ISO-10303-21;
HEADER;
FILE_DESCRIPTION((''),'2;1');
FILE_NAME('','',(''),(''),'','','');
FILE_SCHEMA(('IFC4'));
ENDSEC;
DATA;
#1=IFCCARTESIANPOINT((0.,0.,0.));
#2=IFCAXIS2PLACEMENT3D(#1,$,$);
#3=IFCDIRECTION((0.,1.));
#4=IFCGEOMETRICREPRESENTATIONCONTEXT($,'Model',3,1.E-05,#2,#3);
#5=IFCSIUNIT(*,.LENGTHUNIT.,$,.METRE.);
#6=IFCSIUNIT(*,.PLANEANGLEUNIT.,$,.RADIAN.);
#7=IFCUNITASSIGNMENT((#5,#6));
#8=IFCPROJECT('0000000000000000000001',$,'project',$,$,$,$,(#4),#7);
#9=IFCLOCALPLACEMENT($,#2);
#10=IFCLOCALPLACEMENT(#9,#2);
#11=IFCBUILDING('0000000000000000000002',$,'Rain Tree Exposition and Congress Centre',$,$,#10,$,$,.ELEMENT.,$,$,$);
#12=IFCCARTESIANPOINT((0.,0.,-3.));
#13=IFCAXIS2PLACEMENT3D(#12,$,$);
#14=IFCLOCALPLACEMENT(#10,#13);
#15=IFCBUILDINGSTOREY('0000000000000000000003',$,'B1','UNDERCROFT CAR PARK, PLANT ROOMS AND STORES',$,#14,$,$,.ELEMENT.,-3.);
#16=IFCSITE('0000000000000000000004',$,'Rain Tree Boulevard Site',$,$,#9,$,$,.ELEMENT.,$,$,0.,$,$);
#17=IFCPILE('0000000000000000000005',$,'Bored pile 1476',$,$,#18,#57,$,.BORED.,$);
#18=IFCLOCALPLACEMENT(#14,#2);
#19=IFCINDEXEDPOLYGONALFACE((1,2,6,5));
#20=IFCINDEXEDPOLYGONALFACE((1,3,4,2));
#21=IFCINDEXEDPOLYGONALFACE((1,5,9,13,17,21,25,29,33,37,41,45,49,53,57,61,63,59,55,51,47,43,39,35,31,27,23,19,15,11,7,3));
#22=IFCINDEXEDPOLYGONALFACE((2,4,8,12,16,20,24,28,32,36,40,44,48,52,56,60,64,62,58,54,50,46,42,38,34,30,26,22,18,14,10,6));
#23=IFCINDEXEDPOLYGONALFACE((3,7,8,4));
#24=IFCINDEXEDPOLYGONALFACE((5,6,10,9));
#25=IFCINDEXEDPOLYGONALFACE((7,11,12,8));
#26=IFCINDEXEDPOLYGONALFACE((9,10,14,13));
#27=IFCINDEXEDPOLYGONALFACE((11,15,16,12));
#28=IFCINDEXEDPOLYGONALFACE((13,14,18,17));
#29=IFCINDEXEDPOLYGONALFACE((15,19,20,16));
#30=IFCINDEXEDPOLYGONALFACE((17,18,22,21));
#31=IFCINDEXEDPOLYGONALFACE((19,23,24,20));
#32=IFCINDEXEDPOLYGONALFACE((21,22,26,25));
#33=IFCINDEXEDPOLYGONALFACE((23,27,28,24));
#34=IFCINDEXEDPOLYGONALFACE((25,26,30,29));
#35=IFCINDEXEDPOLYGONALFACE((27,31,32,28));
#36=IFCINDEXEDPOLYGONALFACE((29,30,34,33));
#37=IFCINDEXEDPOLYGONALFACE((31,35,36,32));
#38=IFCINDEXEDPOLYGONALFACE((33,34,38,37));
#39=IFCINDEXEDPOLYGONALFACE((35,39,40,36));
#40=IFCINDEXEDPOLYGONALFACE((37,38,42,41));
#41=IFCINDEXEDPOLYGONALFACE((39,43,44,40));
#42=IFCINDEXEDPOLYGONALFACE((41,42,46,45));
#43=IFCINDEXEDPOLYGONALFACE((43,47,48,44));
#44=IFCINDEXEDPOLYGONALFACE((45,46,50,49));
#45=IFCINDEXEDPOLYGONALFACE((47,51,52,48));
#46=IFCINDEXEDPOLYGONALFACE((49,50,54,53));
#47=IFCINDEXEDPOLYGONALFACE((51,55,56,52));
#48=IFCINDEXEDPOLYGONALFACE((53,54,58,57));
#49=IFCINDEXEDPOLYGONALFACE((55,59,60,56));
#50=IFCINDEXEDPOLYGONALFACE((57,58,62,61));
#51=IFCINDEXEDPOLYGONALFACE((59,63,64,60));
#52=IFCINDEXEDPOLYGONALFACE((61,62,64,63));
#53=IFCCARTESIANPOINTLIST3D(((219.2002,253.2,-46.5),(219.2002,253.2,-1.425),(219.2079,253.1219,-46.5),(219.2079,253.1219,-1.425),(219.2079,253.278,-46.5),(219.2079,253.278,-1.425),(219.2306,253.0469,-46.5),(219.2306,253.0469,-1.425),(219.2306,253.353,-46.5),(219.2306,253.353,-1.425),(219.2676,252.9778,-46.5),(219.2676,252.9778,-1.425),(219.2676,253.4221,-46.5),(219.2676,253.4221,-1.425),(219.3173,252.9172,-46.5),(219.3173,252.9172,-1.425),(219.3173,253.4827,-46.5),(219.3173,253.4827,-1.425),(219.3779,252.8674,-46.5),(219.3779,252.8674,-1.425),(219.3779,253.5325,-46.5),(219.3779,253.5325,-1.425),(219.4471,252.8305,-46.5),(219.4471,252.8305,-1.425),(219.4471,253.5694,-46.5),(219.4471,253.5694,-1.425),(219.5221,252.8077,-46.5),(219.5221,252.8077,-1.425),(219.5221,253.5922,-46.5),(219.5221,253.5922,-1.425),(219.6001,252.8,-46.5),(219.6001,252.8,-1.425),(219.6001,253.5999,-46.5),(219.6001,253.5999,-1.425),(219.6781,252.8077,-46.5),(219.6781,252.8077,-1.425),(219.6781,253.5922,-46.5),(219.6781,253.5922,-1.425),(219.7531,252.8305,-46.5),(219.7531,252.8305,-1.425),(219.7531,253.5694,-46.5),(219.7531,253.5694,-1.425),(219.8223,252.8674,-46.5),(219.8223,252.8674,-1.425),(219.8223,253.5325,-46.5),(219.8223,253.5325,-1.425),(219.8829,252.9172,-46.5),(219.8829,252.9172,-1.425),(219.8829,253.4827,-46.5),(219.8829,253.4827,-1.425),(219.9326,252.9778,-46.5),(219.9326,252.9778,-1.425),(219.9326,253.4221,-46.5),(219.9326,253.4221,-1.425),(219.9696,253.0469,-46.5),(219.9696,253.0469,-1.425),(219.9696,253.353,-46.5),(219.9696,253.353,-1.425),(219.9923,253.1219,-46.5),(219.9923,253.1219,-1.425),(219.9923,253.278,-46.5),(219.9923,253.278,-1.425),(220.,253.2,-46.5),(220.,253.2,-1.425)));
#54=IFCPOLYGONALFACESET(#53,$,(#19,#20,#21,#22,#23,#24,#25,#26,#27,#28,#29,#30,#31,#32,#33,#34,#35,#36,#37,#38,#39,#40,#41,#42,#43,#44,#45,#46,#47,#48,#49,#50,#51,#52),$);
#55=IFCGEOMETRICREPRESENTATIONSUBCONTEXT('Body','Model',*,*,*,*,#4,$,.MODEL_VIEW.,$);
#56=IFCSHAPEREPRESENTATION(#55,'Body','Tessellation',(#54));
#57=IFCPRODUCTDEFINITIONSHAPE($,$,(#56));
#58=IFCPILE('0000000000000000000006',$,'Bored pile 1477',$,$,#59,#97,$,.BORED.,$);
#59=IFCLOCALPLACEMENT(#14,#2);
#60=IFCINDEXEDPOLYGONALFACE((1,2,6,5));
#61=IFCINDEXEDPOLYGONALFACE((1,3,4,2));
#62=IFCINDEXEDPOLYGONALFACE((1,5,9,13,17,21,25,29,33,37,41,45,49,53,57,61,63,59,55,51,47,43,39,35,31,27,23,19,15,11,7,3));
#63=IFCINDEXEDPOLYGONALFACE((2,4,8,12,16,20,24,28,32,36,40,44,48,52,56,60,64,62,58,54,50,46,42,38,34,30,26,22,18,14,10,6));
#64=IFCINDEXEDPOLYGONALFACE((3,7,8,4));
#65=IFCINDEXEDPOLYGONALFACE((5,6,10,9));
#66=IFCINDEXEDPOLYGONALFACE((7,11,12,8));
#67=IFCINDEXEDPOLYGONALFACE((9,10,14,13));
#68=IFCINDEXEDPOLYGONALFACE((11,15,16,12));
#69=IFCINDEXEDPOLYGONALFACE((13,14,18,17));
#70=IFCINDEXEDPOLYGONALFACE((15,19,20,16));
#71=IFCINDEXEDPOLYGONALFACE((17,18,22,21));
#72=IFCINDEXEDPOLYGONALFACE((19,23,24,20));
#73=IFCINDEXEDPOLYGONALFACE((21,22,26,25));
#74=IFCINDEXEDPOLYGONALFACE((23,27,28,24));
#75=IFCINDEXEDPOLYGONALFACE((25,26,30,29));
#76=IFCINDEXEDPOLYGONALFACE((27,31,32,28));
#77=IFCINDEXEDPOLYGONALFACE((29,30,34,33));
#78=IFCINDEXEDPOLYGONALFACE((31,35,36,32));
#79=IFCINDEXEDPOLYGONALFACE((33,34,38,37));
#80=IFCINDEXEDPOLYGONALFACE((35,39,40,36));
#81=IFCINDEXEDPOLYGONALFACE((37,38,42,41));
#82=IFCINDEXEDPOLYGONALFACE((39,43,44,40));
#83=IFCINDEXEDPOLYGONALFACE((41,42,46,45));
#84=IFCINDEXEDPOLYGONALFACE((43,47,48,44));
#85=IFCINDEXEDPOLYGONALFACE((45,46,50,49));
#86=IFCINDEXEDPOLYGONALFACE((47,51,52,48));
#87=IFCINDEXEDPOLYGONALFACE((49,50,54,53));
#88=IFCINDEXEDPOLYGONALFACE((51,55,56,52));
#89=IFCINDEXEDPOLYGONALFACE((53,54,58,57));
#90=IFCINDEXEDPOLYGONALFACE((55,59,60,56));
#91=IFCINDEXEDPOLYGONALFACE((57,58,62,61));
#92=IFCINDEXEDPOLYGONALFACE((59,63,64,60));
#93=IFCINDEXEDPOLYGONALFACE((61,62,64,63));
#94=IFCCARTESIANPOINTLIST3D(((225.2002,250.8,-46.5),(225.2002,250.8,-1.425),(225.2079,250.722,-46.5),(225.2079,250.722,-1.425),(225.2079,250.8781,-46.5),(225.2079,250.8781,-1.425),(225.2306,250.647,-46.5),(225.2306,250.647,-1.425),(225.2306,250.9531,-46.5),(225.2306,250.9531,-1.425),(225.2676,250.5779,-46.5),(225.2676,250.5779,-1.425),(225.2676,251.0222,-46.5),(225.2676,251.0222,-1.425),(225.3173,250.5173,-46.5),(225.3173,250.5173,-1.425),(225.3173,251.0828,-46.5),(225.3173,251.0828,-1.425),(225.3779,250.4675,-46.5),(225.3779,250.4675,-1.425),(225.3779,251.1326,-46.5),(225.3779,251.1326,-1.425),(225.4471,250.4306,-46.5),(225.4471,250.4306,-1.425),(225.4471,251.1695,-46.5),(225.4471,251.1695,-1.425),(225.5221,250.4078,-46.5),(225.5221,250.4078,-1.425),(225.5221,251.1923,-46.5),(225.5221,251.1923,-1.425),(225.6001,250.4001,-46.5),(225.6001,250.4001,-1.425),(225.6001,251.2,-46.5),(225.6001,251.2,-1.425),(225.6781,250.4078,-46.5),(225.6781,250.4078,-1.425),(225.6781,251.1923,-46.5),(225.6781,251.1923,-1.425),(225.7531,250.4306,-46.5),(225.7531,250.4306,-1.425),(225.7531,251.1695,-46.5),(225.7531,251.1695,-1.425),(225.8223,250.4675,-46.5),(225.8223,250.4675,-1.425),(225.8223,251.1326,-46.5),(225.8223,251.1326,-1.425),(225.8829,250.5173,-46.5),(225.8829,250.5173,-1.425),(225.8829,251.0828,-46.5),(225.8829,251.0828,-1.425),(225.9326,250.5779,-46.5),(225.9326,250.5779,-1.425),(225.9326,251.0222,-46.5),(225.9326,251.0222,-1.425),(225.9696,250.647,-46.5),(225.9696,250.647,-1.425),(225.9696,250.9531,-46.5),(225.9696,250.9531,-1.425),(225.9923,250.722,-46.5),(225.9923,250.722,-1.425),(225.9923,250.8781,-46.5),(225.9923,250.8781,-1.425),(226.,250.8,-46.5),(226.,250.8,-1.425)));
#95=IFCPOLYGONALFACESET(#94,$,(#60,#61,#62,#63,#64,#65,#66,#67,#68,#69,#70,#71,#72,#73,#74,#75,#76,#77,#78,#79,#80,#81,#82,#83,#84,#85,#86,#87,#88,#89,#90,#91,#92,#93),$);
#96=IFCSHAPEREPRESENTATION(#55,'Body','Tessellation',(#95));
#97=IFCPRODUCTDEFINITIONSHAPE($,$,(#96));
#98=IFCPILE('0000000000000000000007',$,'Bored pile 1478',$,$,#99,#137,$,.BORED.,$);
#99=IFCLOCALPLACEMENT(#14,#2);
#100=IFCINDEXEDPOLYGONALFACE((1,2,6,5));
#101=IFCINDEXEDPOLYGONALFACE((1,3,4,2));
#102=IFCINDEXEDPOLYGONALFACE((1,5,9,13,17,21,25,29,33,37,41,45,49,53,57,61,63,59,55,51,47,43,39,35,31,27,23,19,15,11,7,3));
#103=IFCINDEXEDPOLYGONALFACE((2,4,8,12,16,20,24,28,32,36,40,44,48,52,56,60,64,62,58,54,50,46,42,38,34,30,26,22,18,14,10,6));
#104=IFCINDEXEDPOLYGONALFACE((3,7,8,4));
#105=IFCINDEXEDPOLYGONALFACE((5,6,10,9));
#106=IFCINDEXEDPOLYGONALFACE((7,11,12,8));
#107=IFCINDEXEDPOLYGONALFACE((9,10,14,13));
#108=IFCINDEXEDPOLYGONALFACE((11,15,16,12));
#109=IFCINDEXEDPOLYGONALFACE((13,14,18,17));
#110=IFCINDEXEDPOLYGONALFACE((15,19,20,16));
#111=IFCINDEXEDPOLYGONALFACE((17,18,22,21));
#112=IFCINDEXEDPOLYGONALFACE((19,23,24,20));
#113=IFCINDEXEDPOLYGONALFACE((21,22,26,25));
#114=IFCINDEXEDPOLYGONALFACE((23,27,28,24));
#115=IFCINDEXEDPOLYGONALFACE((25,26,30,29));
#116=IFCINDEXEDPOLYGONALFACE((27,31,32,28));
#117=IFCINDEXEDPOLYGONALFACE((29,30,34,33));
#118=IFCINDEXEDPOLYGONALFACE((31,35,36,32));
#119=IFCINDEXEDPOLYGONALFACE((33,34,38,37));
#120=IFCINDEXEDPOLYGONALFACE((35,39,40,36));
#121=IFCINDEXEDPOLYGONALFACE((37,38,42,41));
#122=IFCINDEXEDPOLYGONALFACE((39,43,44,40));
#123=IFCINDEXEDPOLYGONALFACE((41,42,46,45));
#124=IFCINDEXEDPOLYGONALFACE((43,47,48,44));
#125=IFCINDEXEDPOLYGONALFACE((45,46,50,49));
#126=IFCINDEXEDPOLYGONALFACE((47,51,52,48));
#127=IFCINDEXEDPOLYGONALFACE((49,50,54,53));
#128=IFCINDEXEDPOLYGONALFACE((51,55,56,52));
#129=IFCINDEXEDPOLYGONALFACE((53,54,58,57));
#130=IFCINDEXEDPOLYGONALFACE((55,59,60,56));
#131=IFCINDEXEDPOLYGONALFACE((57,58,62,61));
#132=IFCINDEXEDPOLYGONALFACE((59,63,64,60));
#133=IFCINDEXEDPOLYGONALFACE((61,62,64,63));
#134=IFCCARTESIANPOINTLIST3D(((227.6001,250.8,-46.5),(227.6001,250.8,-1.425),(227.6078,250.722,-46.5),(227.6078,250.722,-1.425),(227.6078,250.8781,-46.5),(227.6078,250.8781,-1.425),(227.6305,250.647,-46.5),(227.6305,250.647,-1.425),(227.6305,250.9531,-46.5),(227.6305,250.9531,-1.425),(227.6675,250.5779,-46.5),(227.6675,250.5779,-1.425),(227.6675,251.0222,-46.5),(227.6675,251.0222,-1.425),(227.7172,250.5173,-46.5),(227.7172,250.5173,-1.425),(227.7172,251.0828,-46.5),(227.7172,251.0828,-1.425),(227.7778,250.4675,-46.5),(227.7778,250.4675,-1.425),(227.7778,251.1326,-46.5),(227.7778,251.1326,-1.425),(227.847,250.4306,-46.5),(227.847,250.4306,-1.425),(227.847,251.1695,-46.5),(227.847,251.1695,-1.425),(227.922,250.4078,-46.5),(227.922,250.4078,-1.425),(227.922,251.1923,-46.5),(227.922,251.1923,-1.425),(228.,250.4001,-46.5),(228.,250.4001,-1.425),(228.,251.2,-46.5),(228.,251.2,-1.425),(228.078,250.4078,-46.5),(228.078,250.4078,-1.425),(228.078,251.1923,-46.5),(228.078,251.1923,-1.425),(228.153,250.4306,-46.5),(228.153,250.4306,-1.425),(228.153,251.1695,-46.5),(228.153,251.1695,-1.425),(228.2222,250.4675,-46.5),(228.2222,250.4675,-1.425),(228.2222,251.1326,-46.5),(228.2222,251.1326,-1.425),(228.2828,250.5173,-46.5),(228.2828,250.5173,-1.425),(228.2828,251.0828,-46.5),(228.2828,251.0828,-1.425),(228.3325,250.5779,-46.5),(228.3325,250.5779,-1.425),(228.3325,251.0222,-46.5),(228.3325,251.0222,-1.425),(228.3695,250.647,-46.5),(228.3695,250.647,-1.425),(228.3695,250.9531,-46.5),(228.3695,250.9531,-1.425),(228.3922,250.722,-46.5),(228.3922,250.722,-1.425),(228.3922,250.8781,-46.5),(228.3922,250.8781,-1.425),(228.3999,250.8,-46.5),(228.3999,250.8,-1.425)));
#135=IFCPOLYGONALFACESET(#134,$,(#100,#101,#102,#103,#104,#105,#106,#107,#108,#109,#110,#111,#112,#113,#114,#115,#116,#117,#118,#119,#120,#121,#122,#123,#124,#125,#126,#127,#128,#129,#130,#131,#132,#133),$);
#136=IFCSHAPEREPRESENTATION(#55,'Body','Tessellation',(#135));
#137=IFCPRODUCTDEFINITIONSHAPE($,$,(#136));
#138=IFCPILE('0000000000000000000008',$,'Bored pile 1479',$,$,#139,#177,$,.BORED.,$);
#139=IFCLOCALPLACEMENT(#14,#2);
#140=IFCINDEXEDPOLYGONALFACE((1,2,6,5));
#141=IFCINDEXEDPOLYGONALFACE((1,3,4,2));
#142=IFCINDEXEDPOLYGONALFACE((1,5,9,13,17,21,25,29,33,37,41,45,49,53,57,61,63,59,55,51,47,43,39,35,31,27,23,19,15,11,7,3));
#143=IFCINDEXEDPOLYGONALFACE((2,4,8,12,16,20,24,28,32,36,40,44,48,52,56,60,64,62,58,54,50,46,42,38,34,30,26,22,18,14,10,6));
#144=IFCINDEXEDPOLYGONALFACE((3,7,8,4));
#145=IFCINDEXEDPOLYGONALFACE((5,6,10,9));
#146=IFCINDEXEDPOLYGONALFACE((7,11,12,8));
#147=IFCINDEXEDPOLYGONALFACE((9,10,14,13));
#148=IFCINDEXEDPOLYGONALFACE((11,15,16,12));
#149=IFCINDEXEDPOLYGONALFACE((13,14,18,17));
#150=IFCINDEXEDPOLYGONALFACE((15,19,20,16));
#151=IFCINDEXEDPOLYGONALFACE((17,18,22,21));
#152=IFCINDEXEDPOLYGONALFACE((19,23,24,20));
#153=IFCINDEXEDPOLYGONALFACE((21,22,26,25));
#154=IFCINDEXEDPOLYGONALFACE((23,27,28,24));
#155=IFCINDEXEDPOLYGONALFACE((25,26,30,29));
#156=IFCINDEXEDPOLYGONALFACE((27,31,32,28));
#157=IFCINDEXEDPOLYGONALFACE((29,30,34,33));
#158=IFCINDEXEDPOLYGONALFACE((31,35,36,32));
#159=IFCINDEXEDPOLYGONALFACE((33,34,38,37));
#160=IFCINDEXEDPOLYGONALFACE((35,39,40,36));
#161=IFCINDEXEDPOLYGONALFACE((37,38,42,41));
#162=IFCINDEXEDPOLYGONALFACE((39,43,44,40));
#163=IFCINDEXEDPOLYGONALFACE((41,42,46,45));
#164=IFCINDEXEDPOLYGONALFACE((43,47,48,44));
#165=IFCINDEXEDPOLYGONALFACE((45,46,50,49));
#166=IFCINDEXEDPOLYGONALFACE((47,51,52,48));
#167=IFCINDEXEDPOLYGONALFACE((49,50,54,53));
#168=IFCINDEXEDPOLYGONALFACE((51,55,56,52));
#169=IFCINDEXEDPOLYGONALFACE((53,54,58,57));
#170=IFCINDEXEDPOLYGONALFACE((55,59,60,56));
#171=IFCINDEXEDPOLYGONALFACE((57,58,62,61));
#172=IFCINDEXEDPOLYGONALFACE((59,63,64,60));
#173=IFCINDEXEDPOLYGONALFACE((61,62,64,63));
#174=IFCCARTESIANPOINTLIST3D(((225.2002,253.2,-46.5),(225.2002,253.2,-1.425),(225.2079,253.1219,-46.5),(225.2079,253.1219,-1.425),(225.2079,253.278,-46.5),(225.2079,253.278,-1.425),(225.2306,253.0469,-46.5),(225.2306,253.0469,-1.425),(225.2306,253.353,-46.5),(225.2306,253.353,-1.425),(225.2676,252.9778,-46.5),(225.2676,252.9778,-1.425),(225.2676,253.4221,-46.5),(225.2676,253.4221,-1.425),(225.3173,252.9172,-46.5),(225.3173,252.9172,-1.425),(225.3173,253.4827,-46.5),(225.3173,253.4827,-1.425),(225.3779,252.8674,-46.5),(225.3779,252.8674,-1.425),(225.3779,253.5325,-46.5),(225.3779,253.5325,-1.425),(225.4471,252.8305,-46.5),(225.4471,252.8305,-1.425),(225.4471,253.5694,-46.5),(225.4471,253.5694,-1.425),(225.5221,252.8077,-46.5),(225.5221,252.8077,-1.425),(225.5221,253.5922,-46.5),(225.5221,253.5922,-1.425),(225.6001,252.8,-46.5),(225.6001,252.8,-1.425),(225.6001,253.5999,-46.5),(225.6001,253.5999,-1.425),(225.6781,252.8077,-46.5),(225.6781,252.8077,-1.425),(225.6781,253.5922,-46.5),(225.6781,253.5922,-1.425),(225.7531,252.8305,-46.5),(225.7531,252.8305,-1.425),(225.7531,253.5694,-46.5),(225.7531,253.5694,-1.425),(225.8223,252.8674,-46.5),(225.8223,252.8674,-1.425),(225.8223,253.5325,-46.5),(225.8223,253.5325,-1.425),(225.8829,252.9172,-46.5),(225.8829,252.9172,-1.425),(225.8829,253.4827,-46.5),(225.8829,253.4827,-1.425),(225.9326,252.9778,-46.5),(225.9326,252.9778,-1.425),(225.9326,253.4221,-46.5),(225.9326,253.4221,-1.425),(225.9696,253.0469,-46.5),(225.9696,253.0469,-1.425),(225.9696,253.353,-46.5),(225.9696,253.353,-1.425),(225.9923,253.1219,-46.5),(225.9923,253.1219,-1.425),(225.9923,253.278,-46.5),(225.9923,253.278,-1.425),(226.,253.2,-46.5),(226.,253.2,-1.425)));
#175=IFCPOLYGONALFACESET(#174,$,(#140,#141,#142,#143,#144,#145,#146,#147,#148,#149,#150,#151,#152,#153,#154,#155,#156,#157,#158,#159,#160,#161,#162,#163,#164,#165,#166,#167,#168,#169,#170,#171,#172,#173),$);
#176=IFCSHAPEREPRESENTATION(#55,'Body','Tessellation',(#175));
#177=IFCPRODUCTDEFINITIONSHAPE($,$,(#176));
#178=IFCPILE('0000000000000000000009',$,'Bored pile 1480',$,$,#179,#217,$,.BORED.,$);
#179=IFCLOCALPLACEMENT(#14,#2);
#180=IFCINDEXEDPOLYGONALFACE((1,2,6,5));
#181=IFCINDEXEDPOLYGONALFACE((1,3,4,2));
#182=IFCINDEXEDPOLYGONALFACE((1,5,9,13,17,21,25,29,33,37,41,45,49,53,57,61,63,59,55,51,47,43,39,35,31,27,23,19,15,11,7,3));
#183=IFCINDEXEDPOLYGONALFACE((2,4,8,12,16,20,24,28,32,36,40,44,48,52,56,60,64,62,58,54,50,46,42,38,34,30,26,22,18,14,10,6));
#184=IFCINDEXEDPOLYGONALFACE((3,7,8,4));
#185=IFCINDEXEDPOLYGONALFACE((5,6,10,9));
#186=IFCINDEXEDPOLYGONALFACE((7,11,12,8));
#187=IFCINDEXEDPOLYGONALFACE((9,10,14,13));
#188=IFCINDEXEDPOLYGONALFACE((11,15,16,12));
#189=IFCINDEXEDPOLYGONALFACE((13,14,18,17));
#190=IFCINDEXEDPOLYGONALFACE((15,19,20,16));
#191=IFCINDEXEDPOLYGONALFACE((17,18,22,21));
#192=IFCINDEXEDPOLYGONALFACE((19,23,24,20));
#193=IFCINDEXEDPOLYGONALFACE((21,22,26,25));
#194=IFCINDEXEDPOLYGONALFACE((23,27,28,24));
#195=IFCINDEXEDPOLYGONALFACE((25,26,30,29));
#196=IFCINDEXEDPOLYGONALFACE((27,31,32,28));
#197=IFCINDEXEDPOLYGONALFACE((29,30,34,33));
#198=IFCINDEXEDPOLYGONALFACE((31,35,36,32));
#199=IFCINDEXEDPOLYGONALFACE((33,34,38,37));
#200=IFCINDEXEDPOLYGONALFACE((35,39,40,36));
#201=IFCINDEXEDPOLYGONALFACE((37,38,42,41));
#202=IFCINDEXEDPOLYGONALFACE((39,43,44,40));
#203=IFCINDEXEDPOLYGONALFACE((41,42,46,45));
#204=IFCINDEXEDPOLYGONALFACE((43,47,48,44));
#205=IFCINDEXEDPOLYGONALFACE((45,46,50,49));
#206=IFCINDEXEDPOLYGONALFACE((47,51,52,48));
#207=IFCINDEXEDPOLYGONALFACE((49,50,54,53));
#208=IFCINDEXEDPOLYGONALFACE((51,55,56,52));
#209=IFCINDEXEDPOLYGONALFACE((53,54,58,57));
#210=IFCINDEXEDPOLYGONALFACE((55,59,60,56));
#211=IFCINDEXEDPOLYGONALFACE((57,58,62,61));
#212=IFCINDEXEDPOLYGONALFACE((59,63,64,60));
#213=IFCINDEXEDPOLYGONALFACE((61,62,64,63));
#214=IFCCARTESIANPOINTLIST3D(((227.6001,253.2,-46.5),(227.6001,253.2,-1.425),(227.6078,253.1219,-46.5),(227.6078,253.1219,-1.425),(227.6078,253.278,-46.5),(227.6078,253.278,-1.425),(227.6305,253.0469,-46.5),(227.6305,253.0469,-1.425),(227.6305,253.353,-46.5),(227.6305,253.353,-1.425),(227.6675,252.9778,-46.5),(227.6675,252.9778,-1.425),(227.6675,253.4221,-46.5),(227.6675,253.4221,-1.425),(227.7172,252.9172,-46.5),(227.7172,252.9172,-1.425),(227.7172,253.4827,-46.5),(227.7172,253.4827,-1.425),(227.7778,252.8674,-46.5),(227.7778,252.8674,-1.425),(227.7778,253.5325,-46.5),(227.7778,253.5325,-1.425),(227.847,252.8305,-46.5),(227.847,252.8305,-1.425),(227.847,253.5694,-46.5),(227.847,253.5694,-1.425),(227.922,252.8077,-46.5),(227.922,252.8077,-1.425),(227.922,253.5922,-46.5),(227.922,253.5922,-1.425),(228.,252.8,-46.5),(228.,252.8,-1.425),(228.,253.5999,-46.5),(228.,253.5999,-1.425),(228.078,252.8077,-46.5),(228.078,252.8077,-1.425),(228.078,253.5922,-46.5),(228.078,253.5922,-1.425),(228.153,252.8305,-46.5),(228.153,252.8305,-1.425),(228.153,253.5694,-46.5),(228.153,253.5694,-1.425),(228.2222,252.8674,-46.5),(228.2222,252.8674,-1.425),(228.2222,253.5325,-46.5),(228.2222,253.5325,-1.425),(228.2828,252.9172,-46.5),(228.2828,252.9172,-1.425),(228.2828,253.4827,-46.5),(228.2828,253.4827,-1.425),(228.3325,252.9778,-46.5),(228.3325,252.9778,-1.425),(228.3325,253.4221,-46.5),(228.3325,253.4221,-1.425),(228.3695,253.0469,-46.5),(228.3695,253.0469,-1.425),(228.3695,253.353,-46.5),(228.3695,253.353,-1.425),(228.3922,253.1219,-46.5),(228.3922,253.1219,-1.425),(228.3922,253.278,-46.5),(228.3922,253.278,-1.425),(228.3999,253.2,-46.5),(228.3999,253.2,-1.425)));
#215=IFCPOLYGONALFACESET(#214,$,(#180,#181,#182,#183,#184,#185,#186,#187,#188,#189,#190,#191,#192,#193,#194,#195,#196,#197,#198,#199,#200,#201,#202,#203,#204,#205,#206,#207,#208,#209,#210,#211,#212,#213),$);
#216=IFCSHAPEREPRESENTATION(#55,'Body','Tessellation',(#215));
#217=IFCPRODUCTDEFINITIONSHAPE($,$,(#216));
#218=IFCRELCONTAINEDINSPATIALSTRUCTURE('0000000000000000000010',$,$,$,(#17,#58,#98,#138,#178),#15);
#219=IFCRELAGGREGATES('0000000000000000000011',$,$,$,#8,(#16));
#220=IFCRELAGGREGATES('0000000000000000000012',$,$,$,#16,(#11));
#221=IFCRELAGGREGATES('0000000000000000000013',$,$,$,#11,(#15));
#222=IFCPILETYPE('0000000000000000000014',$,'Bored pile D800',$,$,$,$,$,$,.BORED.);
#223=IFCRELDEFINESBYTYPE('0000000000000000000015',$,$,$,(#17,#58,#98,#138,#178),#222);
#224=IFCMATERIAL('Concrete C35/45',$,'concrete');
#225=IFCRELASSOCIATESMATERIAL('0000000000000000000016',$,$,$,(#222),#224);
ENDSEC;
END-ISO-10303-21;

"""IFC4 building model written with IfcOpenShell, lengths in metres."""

from ifc_helpers import new_model, si_unit, direction, frame, origin, origin_2d, place, context, subcontext, project, spatial, circle, extrude, material, material_profile, profile_set, type_object, element, save


model = new_model("IFC4")

# Units and contexts
model_context = context("Model", 3, precision=1e-05, world=origin(), true_north=direction((0.0, 1.0)))
body_context = subcontext(model_context, "Body", "Model", "MODEL_VIEW")
ifc_project = project(units=[si_unit("LENGTHUNIT", "METRE"), si_unit("PLANEANGLEUNIT", "RADIAN")], contexts=[model_context])

# Site, building, storey
site_placement = place(None, origin())
site = spatial("IfcSite", under=ifc_project, at=site_placement, Name="Rain Tree Boulevard Site", CompositionType="ELEMENT", RefElevation=0.0)
building_placement = place(site_placement, origin())
building = spatial("IfcBuilding", under=site, at=building_placement, Name="Rain Tree Exposition and Congress Centre", CompositionType="ELEMENT")
storey_placement = place(building_placement, frame((0.0, 0.0, -3.0)))
storey = spatial("IfcBuildingStorey", under=building, at=storey_placement, Name="B1", Description="UNDERCROFT CAR PARK, PLANT ROOMS AND STORES", CompositionType="ELEMENT", Elevation=-3.0)

# Piles
ifc_material_1 = material(Name="Concrete C35/45", Category="concrete")
ifc_material_profile_1 = material_profile(ifc_material_1, circle(Radius=0.3999, at=origin_2d()), Name="D800")
ifc_profile_set_1 = profile_set([ifc_material_profile_1], Name="Concrete C35/45")
pile_type = type_object("IfcPileType", Name="Bored pile D800", PredefinedType="BORED", material=ifc_profile_set_1)
for number, where, z_axis, x_axis, name in (
    (1, (219.6001, 253.2, -1.425), (0.0, 0.0, -1.0), (1.0, 0.0, 0.0), "Bored pile 1476"),
    (2, (225.6001, 250.8, -1.425), (0.0, 0.0, -1.0), (1.0, 0.0, 0.0), "Bored pile 1477"),
    (3, (228.0, 250.8, -1.425), (0.0, 0.0, -1.0), (1.0, 0.0, 0.0), "Bored pile 1478"),
    (4, (225.6001, 253.2, -1.425), (0.0, 0.0, -1.0), (1.0, 0.0, 0.0), "Bored pile 1479"),
    (5, (228.0, 253.2, -1.425), (0.0, 0.0, -1.0), (1.0, 0.0, 0.0), "Bored pile 1480"),
):
    element("IfcPile", number, at=place(storey_placement, frame(where, z_axis=z_axis, x_axis=x_axis)), inside=storey, type_object=pile_type, Name=name, PredefinedType="BORED", context=body_context, shape_type="SweptSolid", body=[
        extrude(circle(Radius=0.3999, at=origin_2d()), origin(), (0.0, 0.0, 1.0), 45.075),
    ])

save(model, "model.ifc")
